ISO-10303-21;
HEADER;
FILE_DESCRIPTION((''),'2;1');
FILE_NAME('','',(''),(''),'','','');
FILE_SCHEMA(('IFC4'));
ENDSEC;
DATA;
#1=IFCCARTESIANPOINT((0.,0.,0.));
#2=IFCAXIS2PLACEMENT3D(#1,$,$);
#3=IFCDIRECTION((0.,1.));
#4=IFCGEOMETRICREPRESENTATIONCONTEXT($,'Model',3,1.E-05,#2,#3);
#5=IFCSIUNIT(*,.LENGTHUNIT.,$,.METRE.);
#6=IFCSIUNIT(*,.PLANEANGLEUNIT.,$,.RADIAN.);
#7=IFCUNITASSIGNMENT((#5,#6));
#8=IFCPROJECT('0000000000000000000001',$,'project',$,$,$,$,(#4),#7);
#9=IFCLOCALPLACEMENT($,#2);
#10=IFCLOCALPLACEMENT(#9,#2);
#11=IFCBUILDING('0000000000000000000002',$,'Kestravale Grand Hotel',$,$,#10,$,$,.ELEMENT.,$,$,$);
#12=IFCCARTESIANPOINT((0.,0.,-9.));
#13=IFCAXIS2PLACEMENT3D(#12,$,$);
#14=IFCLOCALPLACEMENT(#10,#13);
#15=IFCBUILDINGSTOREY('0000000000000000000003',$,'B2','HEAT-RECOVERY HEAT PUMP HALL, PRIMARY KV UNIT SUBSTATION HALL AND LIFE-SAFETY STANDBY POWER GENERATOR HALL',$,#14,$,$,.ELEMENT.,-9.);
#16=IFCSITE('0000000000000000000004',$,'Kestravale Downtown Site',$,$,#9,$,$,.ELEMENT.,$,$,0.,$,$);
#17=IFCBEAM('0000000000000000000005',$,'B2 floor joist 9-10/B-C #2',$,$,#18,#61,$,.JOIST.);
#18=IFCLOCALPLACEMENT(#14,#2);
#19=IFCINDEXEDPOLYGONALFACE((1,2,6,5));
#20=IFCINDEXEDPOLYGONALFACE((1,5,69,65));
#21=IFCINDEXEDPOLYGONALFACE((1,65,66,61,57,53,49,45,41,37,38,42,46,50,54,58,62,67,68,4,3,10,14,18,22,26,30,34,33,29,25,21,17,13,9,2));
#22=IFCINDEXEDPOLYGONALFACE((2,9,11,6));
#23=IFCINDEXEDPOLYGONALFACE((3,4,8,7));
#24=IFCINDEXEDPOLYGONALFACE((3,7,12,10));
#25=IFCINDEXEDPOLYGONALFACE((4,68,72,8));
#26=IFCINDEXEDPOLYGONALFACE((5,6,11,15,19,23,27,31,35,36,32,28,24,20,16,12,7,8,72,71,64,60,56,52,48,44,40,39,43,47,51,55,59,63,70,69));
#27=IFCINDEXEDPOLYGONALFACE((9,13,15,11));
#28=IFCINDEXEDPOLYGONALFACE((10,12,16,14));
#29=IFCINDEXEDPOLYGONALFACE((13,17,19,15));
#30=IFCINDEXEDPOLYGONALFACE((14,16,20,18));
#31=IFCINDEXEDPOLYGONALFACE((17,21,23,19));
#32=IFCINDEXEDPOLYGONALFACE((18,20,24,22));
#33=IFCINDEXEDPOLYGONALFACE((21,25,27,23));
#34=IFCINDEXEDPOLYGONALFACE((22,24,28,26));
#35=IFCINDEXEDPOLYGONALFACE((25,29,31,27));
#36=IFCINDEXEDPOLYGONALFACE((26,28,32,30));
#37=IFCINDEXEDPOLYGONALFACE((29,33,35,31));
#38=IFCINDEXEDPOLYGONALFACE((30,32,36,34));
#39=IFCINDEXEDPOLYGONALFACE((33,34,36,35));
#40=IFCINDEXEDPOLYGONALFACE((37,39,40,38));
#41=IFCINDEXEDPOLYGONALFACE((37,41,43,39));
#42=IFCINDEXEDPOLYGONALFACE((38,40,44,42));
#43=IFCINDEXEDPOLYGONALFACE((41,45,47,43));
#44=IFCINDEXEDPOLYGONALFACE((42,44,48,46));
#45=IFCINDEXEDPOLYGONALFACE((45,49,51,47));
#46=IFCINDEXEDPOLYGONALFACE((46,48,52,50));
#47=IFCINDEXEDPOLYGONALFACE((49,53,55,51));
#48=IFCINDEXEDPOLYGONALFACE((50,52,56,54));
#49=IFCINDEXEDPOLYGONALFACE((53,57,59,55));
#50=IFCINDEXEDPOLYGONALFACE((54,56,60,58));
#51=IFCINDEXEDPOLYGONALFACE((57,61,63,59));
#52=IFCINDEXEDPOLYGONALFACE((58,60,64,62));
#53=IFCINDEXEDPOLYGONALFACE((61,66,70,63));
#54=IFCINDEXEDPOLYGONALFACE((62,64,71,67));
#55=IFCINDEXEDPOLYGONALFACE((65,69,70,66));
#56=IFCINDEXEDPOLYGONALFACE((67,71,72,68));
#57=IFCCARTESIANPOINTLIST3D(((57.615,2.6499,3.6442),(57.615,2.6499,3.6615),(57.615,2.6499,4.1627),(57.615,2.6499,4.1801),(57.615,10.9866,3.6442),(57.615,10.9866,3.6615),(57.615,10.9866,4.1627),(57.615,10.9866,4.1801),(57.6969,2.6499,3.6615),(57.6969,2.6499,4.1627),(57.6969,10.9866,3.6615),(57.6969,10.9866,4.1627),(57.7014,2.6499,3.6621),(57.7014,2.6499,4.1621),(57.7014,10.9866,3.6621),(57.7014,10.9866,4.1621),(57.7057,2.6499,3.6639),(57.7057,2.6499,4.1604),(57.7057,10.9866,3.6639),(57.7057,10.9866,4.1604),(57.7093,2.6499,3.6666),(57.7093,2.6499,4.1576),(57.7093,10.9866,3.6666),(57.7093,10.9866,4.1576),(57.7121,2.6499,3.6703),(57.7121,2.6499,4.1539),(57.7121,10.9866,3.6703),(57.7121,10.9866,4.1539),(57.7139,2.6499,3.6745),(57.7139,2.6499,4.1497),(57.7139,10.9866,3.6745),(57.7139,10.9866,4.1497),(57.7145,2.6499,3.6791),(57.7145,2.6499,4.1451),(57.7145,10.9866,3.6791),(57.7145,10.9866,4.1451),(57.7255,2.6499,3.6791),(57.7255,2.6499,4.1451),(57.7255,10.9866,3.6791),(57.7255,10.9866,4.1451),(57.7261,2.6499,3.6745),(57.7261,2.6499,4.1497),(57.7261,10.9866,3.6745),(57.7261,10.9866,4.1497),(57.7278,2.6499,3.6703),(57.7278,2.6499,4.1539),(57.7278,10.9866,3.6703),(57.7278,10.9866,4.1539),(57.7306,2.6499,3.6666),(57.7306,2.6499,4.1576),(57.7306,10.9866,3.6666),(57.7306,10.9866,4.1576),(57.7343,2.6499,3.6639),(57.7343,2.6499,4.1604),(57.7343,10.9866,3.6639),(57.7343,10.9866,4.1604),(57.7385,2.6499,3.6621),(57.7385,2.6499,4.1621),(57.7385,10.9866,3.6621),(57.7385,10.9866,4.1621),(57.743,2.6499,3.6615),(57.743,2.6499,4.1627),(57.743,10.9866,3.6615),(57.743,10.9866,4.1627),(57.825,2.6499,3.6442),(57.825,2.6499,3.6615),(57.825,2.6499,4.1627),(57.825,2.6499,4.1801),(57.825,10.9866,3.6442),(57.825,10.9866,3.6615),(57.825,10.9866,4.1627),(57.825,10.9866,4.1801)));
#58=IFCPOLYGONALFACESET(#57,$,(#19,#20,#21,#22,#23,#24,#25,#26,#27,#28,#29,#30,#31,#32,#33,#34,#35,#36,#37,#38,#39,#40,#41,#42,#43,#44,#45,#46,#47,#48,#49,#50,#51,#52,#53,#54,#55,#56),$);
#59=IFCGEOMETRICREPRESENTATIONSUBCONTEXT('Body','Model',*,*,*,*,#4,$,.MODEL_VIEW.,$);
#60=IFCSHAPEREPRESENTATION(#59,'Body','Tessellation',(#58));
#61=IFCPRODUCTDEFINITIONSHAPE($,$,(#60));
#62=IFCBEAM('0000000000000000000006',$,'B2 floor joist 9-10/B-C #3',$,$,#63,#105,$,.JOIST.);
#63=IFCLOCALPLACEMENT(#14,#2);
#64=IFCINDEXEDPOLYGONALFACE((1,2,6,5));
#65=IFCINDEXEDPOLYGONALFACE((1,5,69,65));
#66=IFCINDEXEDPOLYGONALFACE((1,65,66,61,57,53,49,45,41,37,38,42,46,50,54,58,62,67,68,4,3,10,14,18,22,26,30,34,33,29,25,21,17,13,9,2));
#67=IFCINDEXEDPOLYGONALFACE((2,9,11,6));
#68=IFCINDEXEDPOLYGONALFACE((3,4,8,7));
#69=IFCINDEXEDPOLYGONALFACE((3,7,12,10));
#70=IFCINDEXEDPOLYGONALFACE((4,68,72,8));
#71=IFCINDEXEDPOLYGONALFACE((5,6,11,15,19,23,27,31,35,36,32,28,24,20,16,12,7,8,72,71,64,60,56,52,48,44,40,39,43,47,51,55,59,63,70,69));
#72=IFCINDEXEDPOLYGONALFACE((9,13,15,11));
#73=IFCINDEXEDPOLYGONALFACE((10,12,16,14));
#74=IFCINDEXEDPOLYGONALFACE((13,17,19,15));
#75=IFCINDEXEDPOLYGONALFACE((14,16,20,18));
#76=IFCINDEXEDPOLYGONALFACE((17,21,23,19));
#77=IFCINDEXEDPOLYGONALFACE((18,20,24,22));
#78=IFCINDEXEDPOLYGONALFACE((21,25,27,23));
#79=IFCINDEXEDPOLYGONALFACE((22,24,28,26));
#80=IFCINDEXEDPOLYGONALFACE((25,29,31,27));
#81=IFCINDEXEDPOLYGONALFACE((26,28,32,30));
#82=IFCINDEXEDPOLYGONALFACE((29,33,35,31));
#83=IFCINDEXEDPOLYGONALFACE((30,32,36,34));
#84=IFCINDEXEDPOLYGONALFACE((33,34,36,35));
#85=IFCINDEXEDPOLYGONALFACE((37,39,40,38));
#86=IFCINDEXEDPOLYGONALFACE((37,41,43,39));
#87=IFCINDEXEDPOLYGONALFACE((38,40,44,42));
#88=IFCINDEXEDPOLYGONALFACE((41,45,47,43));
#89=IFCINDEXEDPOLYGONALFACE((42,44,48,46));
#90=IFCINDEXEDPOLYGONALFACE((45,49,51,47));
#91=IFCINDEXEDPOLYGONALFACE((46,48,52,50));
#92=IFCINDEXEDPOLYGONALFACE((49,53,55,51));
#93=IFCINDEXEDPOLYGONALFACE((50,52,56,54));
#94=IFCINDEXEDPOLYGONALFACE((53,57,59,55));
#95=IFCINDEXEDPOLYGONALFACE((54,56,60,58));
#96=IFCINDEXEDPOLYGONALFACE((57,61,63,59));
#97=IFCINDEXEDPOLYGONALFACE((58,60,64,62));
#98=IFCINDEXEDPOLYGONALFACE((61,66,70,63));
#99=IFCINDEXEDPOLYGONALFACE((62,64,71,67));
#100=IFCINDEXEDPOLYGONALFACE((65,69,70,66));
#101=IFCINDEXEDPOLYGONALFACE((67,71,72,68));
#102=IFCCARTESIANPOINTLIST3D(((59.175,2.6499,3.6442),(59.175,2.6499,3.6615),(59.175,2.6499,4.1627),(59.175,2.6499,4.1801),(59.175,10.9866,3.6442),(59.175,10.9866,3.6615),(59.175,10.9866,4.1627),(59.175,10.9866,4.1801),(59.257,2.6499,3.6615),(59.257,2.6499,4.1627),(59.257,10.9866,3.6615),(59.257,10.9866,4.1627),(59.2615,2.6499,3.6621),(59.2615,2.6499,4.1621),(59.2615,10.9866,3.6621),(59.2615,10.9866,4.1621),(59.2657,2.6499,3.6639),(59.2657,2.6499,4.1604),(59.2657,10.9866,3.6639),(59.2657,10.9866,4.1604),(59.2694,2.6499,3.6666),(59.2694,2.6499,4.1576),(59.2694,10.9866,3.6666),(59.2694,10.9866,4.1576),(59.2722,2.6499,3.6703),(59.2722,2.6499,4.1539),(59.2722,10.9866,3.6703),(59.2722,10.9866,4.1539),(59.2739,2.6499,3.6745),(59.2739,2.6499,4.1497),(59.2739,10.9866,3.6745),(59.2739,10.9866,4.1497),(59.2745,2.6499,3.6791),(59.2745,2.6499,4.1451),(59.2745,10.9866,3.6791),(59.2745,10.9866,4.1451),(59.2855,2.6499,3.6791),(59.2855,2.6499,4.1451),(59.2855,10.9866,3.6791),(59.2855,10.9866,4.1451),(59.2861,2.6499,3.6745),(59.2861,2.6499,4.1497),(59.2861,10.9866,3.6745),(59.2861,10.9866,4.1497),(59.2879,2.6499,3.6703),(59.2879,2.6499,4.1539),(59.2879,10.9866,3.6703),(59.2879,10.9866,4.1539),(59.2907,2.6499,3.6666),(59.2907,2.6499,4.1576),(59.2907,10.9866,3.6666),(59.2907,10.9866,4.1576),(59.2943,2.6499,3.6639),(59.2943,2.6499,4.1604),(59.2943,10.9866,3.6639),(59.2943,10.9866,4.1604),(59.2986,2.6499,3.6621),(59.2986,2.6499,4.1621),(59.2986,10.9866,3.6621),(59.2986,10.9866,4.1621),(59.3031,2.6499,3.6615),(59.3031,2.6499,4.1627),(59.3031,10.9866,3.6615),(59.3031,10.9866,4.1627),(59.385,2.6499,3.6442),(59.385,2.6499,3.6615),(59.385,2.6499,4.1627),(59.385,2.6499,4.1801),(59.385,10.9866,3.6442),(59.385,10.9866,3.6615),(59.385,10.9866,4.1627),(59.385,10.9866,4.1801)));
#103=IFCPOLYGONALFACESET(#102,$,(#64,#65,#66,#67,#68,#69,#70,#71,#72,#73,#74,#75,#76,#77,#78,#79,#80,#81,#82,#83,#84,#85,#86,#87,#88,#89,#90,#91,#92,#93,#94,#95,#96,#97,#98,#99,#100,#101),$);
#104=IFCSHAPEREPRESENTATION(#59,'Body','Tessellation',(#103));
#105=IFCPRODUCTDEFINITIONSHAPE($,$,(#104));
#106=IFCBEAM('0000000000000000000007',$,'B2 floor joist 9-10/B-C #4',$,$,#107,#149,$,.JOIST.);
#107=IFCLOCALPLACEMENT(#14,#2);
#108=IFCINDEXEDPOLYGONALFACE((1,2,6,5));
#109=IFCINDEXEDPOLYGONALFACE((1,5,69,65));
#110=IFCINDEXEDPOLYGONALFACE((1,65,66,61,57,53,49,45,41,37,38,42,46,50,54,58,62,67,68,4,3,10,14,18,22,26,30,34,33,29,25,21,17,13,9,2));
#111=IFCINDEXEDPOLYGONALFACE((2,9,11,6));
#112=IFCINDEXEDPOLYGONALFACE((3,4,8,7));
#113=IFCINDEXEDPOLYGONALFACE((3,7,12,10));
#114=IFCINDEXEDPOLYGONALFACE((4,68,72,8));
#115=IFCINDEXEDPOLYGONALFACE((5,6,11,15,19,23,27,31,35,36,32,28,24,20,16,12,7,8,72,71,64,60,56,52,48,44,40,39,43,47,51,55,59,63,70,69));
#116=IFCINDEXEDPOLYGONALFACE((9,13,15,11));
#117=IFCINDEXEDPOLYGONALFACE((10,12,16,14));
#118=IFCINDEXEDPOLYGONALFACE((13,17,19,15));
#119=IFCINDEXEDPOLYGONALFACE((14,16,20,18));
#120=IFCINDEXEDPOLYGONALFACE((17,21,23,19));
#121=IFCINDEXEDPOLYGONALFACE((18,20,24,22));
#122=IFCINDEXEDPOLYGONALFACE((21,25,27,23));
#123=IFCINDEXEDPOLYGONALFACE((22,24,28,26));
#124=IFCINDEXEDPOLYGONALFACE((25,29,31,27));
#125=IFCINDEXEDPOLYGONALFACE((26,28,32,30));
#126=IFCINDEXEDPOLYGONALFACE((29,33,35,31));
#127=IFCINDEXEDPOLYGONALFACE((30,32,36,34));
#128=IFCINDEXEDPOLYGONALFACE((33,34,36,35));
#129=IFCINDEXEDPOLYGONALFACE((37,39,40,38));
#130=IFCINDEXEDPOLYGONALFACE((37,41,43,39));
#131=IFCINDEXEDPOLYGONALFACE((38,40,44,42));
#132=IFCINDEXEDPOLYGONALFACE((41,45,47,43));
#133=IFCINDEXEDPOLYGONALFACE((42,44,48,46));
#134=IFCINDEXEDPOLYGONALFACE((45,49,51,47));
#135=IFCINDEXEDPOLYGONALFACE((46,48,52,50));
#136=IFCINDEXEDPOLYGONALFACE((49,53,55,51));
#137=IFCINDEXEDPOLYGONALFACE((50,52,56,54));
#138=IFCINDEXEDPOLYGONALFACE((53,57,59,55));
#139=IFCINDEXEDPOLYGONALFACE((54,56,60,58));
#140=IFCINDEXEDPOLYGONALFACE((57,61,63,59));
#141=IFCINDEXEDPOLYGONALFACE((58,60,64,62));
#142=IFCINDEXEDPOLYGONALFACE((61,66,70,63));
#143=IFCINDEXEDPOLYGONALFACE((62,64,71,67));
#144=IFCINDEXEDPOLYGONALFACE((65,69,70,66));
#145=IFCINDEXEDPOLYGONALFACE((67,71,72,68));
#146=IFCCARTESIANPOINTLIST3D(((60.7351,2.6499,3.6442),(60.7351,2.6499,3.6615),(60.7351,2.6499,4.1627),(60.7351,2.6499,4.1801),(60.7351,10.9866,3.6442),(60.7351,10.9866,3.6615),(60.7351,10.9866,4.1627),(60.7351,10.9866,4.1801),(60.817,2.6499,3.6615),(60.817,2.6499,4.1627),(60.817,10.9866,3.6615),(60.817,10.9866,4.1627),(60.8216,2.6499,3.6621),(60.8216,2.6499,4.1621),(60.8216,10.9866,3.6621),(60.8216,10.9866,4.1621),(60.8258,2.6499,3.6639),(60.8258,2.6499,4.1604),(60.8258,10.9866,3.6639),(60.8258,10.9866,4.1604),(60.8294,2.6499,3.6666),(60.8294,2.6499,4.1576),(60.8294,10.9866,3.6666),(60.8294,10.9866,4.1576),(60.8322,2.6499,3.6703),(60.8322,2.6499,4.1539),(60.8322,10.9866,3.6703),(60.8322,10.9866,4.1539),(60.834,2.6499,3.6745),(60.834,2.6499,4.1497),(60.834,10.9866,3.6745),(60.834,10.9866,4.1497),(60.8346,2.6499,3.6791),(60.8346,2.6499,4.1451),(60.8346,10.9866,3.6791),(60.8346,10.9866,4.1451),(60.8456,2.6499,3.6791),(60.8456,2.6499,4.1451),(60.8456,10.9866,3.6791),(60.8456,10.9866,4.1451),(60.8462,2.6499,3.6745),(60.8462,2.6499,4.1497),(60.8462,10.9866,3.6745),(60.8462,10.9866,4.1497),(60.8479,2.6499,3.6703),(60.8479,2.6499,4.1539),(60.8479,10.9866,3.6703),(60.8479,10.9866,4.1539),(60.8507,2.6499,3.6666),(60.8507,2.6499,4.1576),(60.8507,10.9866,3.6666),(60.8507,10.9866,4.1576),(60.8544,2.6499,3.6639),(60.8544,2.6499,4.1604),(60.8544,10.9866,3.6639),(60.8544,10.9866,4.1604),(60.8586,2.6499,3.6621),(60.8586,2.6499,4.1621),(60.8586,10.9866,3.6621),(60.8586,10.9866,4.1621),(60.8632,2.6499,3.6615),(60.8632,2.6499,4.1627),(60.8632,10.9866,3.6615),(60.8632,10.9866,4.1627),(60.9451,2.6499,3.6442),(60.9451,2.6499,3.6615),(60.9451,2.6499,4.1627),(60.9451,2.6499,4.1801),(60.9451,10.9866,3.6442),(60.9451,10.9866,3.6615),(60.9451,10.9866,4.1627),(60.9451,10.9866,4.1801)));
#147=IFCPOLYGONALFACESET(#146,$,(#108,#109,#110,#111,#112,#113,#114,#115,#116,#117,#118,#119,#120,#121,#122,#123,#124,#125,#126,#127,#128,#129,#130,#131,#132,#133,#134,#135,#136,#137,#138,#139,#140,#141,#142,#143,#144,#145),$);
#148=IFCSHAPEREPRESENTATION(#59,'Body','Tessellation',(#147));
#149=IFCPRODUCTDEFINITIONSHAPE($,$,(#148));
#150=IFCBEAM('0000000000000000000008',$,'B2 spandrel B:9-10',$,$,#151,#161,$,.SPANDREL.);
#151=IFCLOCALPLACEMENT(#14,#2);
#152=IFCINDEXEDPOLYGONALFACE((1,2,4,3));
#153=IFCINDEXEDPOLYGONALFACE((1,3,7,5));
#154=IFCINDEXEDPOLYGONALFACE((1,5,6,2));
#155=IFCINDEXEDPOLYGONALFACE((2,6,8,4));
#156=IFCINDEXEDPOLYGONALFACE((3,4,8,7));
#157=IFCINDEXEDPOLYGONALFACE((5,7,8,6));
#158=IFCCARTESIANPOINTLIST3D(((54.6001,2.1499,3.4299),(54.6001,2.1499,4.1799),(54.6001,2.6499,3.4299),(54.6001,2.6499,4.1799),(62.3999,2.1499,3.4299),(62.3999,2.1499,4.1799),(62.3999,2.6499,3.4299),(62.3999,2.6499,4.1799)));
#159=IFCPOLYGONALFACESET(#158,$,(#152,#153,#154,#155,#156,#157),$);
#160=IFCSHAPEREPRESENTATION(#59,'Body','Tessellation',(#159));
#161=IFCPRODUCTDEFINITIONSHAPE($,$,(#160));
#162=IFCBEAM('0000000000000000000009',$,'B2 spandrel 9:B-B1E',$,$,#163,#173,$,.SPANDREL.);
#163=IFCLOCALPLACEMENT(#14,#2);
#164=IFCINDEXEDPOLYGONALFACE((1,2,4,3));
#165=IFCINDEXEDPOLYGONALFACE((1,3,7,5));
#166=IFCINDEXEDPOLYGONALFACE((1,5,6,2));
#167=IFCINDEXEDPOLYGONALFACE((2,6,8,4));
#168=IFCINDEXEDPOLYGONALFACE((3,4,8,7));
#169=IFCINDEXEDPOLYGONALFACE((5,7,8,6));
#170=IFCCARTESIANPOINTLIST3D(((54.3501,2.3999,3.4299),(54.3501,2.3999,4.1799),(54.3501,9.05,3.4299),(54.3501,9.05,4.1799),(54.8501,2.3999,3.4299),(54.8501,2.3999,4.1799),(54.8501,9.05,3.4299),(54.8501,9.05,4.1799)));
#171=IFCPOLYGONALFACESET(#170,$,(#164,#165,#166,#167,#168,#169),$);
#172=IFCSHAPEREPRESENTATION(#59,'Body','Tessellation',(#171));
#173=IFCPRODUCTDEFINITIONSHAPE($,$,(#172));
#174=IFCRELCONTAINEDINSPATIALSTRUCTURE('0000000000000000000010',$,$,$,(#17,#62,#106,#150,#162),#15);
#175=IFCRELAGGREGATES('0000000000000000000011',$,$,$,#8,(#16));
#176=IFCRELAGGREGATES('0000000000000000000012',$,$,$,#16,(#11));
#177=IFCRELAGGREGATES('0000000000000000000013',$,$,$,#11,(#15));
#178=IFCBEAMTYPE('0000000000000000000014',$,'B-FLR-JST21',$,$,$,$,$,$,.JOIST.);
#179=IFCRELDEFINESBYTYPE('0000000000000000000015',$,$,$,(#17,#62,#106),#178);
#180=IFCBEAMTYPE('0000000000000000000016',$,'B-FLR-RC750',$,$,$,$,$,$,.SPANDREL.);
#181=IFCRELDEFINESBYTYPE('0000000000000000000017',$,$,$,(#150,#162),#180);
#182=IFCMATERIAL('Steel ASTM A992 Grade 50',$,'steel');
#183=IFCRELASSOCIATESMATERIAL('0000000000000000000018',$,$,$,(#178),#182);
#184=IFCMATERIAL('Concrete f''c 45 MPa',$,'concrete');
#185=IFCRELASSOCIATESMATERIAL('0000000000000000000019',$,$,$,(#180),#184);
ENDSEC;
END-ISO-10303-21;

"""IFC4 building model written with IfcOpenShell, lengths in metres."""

from ifc_helpers import new_model, si_unit, direction, frame, origin, origin_2d, place, context, subcontext, project, spatial, rectangle, i_section, extrude, material, material_profile, profile_set, type_object, element, save


model = new_model("IFC4")

# Units and contexts
model_context = context("Model", 3, precision=1e-05, world=origin(), true_north=direction((0.0, 1.0)))
body_context = subcontext(model_context, "Body", "Model", "MODEL_VIEW")
ifc_project = project(units=[si_unit("LENGTHUNIT", "METRE"), si_unit("PLANEANGLEUNIT", "RADIAN")], contexts=[model_context])

# Site, building, storey
site_placement = place(None, origin())
site = spatial("IfcSite", under=ifc_project, at=site_placement, Name="Kestravale Downtown Site", CompositionType="ELEMENT", RefElevation=0.0)
building_placement = place(site_placement, origin())
building = spatial("IfcBuilding", under=site, at=building_placement, Name="Kestravale Grand Hotel", CompositionType="ELEMENT")
storey_placement = place(building_placement, frame((0.0, 0.0, -9.0)))
storey = spatial("IfcBuildingStorey", under=building, at=storey_placement, Name="B2", Description="HEAT-RECOVERY HEAT PUMP HALL, PRIMARY KV UNIT SUBSTATION HALL AND LIFE-SAFETY STANDBY POWER GENERATOR HALL", CompositionType="ELEMENT", Elevation=-9.0)

# Beams
ifc_material_1 = material(Name="Steel ASTM A992 Grade 50", Category="steel")
ifc_material_profile_1 = material_profile(ifc_material_1, i_section(OverallWidth=0.21, OverallDepth=0.5359, WebThickness=0.011, FlangeThickness=0.0173, FilletRadius=0.0176, at=origin_2d()))
ifc_profile_set_1 = profile_set([ifc_material_profile_1], Name="Steel ASTM A992 Grade 50")
beam_type_1 = type_object("IfcBeamType", Name="B-FLR-JST21", PredefinedType="JOIST", material=ifc_profile_set_1)
for number, where, z_axis, x_axis, name in (
    (1, (57.72, 2.6499, 3.9121), (0.0, 1.0, 0.0), (-1.0, 0.0, 0.0), "B2 floor joist 9-10/B-C #2"),
    (2, (59.28, 2.6499, 3.9121), (0.0, 1.0, 0.0), (-1.0, 0.0, 0.0), "B2 floor joist 9-10/B-C #3"),
    (3, (60.8401, 2.6499, 3.9121), (0.0, 1.0, 0.0), (-1.0, 0.0, 0.0), "B2 floor joist 9-10/B-C #4"),
):
    element("IfcBeam", number, at=place(storey_placement, frame(where, z_axis=z_axis, x_axis=x_axis)), inside=storey, type_object=beam_type_1, Name=name, PredefinedType="JOIST", context=body_context, shape_type="SweptSolid", body=[
        extrude(i_section(OverallWidth=0.21, OverallDepth=0.5359, WebThickness=0.011, FlangeThickness=0.0173, FilletRadius=0.0176, at=origin_2d()), origin(), (0.0, 0.0, 1.0), 8.3367),
    ])
ifc_material_2 = material(Name="Concrete f'c 45 MPa", Category="concrete")
ifc_material_profile_2 = material_profile(ifc_material_2, rectangle(XDim=0.5, YDim=0.75, at=origin_2d()))
ifc_profile_set_2 = profile_set([ifc_material_profile_2], Name="Concrete f'c 45 MPa")
beam_type_2 = type_object("IfcBeamType", Name="B-FLR-RC750", PredefinedType="SPANDREL", material=ifc_profile_set_2)
beam_1_placement = place(storey_placement, frame((54.6001, 2.3999, 3.8049), z_axis=(1.0, 0.0, 0.0), x_axis=(0.0, 1.0, 0.0)))
element("IfcBeam", 4, at=beam_1_placement, inside=storey, type_object=beam_type_2, Name="B2 spandrel B:9-10", PredefinedType="SPANDREL", context=body_context, shape_type="SweptSolid", body=[
    extrude(rectangle(XDim=0.5, YDim=0.75, at=origin_2d()), origin(), (0.0, 0.0, 1.0), 7.7998),
])
beam_2_placement = place(storey_placement, frame((54.6001, 2.3999, 3.8049), z_axis=(0.0, 1.0, 0.0), x_axis=(-1.0, 0.0, 0.0)))
element("IfcBeam", 5, at=beam_2_placement, inside=storey, type_object=beam_type_2, Name="B2 spandrel 9:B-B1E", PredefinedType="SPANDREL", context=body_context, shape_type="SweptSolid", body=[
    extrude(rectangle(XDim=0.5, YDim=0.75, at=origin_2d()), origin(), (0.0, 0.0, 1.0), 6.6501),
])

save(model, "model.ifc")
